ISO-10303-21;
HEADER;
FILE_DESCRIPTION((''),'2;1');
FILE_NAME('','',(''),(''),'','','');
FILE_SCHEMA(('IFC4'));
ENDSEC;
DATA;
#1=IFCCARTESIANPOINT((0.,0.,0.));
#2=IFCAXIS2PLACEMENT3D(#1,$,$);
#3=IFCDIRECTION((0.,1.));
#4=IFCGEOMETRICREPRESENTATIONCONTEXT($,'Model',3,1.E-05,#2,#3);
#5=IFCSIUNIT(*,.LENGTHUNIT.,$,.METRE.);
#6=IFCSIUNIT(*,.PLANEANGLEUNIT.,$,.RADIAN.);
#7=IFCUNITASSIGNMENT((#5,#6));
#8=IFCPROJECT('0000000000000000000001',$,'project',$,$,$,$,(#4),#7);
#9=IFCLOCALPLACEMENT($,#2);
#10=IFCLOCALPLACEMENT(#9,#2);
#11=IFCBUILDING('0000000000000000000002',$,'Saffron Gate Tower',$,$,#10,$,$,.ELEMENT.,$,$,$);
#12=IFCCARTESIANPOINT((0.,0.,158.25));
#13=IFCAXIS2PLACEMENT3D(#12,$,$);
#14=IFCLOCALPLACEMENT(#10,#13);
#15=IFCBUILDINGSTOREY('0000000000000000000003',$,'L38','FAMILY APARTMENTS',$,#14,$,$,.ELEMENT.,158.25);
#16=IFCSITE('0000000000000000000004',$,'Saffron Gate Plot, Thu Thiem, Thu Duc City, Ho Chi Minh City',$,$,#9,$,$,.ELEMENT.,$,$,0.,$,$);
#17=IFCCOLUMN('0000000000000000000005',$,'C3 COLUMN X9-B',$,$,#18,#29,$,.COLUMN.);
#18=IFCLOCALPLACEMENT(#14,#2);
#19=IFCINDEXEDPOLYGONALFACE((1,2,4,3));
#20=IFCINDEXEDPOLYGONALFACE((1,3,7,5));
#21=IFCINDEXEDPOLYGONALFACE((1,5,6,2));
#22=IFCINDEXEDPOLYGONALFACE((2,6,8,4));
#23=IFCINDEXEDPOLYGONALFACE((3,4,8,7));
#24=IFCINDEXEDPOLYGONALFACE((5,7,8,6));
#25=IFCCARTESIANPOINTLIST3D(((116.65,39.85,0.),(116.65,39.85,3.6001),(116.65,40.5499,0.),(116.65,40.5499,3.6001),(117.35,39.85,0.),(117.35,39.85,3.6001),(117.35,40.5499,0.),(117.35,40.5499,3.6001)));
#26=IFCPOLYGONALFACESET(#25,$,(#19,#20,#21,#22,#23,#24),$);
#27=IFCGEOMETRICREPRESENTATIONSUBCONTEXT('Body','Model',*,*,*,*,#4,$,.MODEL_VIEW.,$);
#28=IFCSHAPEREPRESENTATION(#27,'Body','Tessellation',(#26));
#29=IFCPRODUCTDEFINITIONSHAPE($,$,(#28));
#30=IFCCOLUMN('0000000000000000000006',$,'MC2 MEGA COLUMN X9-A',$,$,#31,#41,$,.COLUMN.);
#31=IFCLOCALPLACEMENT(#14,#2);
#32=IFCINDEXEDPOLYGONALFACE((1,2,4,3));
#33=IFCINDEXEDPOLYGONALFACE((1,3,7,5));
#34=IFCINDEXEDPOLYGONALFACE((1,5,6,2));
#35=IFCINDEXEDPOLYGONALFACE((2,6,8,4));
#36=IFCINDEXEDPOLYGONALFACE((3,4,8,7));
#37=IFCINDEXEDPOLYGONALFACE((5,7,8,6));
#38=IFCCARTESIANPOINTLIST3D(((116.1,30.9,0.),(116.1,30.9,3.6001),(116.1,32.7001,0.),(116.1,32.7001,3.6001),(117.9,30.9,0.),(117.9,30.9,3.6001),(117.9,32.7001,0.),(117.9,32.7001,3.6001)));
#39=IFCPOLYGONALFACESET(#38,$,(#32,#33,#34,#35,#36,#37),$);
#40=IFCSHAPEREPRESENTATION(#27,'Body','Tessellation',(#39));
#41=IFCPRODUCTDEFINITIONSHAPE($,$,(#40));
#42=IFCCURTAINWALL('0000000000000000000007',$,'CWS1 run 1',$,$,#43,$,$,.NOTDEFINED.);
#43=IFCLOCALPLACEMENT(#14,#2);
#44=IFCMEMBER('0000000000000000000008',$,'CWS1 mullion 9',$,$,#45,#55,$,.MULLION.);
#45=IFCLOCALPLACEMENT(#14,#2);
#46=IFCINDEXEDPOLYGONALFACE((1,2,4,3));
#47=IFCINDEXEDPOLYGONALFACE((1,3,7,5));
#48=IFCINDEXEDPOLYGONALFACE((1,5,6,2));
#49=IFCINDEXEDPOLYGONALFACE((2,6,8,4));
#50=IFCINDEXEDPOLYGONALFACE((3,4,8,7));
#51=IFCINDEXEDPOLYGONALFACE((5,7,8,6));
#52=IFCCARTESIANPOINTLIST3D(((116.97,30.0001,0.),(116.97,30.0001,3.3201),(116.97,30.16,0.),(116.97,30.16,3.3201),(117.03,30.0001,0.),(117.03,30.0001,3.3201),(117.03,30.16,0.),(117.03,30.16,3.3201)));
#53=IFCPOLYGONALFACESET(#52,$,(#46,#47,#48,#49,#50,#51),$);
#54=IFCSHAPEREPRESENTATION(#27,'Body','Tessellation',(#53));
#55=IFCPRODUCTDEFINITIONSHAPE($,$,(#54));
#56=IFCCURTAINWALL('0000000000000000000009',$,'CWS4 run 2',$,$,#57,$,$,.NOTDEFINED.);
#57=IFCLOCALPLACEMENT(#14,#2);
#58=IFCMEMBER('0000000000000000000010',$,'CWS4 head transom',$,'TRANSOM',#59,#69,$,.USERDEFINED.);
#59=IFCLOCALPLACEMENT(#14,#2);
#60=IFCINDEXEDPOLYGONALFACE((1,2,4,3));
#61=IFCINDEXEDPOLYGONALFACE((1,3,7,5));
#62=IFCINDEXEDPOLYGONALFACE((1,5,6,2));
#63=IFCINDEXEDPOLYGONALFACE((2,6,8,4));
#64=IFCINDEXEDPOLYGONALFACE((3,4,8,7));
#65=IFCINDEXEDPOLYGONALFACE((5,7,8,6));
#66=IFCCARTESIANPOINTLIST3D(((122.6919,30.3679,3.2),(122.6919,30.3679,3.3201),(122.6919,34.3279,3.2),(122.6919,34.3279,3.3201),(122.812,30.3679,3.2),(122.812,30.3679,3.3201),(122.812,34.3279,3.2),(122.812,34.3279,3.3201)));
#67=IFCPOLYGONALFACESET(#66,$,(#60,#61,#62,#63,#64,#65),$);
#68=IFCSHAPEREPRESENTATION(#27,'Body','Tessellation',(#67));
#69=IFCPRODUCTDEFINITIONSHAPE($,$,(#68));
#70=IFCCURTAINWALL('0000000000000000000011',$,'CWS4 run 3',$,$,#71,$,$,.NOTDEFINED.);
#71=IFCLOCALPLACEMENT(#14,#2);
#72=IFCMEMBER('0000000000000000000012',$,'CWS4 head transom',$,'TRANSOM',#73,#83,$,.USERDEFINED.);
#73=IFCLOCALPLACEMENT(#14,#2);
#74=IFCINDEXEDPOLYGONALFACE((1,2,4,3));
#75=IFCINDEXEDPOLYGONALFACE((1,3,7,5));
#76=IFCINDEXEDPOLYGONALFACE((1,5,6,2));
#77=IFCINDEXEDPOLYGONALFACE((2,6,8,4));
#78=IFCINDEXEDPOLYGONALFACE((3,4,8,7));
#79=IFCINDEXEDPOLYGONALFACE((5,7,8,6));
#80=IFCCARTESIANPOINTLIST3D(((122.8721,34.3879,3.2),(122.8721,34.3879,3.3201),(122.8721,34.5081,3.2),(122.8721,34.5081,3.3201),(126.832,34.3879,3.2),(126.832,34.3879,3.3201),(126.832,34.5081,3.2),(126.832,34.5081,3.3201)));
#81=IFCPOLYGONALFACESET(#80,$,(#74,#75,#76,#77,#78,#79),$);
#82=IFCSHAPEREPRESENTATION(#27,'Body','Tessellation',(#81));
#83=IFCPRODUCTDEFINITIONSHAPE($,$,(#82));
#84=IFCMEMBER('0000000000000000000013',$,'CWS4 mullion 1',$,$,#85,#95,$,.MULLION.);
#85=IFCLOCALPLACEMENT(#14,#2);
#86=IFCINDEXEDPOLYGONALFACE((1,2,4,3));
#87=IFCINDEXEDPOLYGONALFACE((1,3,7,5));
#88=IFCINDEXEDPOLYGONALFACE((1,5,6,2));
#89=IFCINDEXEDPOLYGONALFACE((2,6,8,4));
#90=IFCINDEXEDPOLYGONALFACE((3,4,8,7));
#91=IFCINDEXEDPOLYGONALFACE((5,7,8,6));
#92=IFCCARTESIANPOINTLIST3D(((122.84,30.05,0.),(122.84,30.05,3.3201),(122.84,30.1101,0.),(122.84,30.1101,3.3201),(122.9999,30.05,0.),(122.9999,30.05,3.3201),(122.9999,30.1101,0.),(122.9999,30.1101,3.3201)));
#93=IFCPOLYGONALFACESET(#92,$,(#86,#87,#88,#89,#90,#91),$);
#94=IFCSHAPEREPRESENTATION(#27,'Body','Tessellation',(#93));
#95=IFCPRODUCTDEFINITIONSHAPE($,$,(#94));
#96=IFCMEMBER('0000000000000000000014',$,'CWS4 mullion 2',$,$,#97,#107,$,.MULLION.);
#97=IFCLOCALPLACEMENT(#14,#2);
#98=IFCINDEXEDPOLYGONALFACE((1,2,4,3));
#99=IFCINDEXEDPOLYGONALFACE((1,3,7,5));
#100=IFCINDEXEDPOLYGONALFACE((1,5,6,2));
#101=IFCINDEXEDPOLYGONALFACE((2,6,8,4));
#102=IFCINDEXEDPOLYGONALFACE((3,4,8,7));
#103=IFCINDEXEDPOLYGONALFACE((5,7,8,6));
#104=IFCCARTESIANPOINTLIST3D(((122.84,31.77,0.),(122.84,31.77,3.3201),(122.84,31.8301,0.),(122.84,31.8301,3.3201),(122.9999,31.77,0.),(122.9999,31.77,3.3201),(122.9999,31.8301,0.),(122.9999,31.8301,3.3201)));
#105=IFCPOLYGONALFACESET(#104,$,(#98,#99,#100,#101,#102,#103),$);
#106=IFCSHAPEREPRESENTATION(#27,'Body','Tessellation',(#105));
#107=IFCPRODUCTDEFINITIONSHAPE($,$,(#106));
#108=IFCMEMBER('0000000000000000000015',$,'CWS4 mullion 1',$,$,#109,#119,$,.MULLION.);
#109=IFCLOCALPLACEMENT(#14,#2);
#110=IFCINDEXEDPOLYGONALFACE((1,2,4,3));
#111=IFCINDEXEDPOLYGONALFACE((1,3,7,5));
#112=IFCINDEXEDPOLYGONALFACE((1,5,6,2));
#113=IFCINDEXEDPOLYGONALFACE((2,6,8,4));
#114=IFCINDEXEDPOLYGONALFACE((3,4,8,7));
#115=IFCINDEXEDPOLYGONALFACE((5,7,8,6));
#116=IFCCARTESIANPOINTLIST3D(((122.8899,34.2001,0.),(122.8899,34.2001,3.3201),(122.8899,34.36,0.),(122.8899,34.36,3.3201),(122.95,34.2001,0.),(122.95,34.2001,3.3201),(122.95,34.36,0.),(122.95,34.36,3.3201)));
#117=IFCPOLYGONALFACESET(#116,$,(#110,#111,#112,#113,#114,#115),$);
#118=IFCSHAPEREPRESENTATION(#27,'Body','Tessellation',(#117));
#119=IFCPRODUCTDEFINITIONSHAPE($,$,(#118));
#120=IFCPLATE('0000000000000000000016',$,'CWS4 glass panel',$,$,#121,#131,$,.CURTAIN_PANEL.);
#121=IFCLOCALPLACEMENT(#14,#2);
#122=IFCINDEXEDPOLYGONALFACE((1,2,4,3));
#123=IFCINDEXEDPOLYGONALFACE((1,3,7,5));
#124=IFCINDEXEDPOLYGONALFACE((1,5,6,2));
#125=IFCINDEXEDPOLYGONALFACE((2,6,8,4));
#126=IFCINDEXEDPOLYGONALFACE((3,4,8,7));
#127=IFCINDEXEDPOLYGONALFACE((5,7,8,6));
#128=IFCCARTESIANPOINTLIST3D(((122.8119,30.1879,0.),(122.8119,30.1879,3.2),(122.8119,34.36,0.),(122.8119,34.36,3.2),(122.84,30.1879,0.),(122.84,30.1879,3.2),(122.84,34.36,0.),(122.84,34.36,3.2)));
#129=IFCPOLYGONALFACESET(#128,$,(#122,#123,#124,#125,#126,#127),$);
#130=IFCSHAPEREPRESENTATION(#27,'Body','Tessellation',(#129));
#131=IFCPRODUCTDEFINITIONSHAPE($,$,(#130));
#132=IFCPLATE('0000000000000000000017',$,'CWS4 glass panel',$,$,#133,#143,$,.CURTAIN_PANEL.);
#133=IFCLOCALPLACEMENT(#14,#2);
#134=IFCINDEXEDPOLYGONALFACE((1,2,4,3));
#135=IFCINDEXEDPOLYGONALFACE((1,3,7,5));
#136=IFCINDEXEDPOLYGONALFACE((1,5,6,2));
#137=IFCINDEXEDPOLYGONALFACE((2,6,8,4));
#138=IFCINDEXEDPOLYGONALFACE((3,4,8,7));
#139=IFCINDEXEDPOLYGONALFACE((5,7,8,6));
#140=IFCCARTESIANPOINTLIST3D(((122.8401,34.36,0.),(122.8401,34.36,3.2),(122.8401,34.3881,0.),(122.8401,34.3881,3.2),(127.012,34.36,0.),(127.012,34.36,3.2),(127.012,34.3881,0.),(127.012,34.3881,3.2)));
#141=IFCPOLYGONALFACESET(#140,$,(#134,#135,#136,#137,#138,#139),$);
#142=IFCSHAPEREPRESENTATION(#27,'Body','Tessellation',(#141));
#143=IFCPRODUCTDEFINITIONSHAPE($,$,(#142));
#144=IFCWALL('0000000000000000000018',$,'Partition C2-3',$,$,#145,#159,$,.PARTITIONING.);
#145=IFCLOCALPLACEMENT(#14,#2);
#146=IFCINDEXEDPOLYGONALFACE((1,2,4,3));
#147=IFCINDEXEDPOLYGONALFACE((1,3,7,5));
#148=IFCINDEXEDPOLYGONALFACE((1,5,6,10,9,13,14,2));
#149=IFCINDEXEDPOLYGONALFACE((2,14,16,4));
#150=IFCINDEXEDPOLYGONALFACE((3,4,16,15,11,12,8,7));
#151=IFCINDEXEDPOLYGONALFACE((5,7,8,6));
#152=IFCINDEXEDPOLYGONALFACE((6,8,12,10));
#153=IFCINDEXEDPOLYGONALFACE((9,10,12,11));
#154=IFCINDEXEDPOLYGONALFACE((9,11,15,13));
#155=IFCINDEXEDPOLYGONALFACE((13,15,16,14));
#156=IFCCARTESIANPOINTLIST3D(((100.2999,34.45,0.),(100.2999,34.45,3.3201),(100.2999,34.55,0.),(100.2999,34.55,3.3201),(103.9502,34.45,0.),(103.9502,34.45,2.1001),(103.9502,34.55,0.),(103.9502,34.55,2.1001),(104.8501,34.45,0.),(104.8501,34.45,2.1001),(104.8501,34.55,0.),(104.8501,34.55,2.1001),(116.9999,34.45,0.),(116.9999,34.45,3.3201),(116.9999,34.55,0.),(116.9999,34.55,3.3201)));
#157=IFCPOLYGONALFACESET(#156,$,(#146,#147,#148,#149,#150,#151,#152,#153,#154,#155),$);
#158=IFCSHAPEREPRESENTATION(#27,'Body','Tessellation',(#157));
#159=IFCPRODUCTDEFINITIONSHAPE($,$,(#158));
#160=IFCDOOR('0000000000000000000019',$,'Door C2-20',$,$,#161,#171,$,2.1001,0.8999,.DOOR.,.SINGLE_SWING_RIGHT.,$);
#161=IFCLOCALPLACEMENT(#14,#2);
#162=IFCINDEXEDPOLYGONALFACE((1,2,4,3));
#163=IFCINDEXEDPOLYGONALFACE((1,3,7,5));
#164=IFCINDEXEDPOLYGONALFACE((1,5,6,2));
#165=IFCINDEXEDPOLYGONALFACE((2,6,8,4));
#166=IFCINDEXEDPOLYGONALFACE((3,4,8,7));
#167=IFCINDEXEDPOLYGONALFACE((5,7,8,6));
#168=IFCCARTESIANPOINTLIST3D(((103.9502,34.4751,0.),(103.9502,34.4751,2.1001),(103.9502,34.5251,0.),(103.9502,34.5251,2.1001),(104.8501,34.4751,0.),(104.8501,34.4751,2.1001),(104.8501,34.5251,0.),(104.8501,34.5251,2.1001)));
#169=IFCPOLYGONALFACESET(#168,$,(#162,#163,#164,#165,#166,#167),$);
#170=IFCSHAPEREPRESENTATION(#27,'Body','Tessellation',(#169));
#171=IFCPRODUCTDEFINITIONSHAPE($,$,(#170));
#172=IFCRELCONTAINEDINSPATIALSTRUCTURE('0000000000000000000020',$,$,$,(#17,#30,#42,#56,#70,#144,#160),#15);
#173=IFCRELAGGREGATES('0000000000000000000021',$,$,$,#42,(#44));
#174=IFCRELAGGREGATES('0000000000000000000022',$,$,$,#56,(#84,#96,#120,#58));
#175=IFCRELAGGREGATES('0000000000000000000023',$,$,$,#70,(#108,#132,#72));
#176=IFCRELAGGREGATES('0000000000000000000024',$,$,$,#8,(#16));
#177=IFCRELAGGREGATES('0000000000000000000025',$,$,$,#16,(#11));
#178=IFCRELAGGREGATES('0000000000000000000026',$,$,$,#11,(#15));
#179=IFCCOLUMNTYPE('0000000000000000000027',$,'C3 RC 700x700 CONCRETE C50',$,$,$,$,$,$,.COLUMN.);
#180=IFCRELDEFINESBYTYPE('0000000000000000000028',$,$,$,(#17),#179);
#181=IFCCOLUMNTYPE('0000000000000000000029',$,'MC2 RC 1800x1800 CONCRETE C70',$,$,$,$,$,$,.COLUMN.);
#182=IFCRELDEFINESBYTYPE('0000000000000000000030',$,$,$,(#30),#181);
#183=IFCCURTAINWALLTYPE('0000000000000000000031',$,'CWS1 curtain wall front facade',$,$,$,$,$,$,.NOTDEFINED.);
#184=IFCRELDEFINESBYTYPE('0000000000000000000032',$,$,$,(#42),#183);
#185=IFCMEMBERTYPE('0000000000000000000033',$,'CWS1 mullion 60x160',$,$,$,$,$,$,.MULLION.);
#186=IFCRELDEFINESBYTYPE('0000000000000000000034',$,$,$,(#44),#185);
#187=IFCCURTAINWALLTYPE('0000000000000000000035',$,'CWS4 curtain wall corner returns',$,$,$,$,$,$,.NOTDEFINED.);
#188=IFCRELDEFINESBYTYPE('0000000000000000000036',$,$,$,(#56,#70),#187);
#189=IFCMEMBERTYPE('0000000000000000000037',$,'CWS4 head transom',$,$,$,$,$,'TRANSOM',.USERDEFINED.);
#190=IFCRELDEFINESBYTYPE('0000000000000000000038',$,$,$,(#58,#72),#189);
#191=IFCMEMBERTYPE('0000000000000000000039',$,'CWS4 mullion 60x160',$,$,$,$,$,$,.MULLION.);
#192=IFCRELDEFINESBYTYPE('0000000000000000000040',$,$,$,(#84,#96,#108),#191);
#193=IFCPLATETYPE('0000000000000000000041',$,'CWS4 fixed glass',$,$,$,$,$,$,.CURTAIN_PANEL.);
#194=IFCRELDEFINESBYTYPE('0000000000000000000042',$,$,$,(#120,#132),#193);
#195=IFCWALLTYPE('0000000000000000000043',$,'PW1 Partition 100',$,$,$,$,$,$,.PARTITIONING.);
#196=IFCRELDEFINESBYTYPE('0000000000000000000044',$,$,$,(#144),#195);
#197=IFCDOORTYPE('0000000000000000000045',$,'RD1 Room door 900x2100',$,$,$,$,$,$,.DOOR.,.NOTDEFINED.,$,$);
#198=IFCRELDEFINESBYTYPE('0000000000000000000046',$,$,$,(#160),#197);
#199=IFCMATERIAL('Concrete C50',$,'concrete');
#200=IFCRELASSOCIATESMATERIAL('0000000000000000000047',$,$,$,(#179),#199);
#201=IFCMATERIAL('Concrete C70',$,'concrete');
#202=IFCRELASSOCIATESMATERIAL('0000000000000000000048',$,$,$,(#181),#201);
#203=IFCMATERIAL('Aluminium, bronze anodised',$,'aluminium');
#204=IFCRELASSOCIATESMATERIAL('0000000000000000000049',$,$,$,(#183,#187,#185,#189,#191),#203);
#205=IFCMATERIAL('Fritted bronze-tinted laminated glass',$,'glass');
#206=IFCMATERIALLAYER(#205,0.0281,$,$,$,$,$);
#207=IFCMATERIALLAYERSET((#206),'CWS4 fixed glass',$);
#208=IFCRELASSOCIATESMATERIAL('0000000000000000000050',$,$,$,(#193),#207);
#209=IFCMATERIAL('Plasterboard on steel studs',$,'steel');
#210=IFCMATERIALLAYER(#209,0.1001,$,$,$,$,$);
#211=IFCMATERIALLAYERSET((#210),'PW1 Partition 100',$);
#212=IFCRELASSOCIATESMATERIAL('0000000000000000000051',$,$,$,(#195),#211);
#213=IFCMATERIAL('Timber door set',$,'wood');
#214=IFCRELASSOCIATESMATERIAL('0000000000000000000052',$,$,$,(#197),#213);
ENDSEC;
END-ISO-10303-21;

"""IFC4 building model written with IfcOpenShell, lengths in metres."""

from ifc_helpers import new_model, si_unit, direction, frame, frame_2d, origin, origin_2d, place, context, subcontext, project, spatial, rectangle, extrude, material, layer, layer_set, material_profile, profile_set, type_object, element, fill, aggregate, save


model = new_model("IFC4")

# Units and contexts
model_context = context("Model", 3, precision=1e-05, world=origin(), true_north=direction((0.0, 1.0)))
body_context = subcontext(model_context, "Body", "Model", "MODEL_VIEW")
ifc_project = project(units=[si_unit("LENGTHUNIT", "METRE"), si_unit("PLANEANGLEUNIT", "RADIAN")], contexts=[model_context])

# Site, building, storey
site_placement = place(None, origin())
site = spatial("IfcSite", under=ifc_project, at=site_placement, Name="Saffron Gate Plot, Thu Thiem, Thu Duc City, Ho Chi Minh City", CompositionType="ELEMENT", RefElevation=0.0)
building_placement = place(site_placement, origin())
building = spatial("IfcBuilding", under=site, at=building_placement, Name="Saffron Gate Tower", CompositionType="ELEMENT")
storey_placement = place(building_placement, frame((0.0, 0.0, 158.25)))
storey = spatial("IfcBuildingStorey", under=building, at=storey_placement, Name="L38", Description="FAMILY APARTMENTS", CompositionType="ELEMENT", Elevation=158.25)

# Columns
ifc_material_1 = material(Name="Concrete C50", Category="concrete")
ifc_material_profile_1 = material_profile(ifc_material_1, rectangle(XDim=0.7, YDim=0.7, at=origin_2d()))
ifc_profile_set_1 = profile_set([ifc_material_profile_1], Name="Concrete C50")
column_type_1 = type_object("IfcColumnType", Name="C3 RC 700x700 CONCRETE C50", PredefinedType="COLUMN", material=ifc_profile_set_1)
column_1_placement = place(storey_placement, frame((117.0, 40.2, 0.0), z_axis=(0.0, 0.0, 1.0), x_axis=(1.0, 0.0, 0.0)))
element("IfcColumn", 1, at=column_1_placement, inside=storey, type_object=column_type_1, Name="C3 COLUMN X9-B", PredefinedType="COLUMN", context=body_context, shape_type="SweptSolid", body=[
    extrude(rectangle(XDim=0.7, YDim=0.7, at=origin_2d()), origin(), (0.0, 0.0, 1.0), 3.6001),
])
ifc_material_2 = material(Name="Concrete C70", Category="concrete")
ifc_material_profile_2 = material_profile(ifc_material_2, rectangle(XDim=1.8, YDim=1.8, at=origin_2d()))
ifc_profile_set_2 = profile_set([ifc_material_profile_2], Name="Concrete C70")
column_type_2 = type_object("IfcColumnType", Name="MC2 RC 1800x1800 CONCRETE C70", PredefinedType="COLUMN", material=ifc_profile_set_2)
column_2_placement = place(storey_placement, frame((117.0, 31.8, 0.0), z_axis=(0.0, 0.0, 1.0), x_axis=(1.0, 0.0, 0.0)))
element("IfcColumn", 2, at=column_2_placement, inside=storey, type_object=column_type_2, Name="MC2 MEGA COLUMN X9-A", PredefinedType="COLUMN", context=body_context, shape_type="SweptSolid", body=[
    extrude(rectangle(XDim=1.8, YDim=1.8, at=origin_2d()), origin(), (0.0, 0.0, 1.0), 3.6001),
])

# Curtain walls, members
ifc_material_3 = material(Name="Aluminium, bronze anodised", Category="aluminium")
curtain_wall_type_1 = type_object("IfcCurtainWallType", Name="CWS1 curtain wall front facade", PredefinedType="NOTDEFINED", material=ifc_material_3)
curtain_wall_1_placement = place(storey_placement, origin())
curtain_wall_1 = element("IfcCurtainWall", 3, at=curtain_wall_1_placement, inside=storey, type_object=curtain_wall_type_1, Name="CWS1 run 1", PredefinedType="NOTDEFINED")
ifc_material_profile_3 = material_profile(ifc_material_3, rectangle(XDim=0.1599, YDim=0.0601, at=origin_2d()))
ifc_profile_set_3 = profile_set([ifc_material_profile_3], Name="Aluminium, bronze anodised")
member_type_1 = type_object("IfcMemberType", Name="CWS1 mullion 60x160", PredefinedType="MULLION", material=ifc_profile_set_3)
member_1_placement = place(storey_placement, frame((117.0, 30.0801, 0.0), z_axis=(0.0, 0.0, 1.0), x_axis=(0.0, 1.0, 0.0)))
member_1 = element("IfcMember", 4, at=member_1_placement, type_object=member_type_1, Name="CWS1 mullion 9", PredefinedType="MULLION", context=body_context, shape_type="SweptSolid", body=[
    extrude(rectangle(XDim=0.1599, YDim=0.0601, at=origin_2d()), origin(), (0.0, 0.0, 1.0), 3.3201),
])
aggregate(curtain_wall_1, [member_1])
curtain_wall_type_2 = type_object("IfcCurtainWallType", Name="CWS4 curtain wall corner returns", PredefinedType="NOTDEFINED", material=ifc_material_3)
curtain_wall_2_placement = place(storey_placement, origin())
curtain_wall_2 = element("IfcCurtainWall", 5, at=curtain_wall_2_placement, inside=storey, type_object=curtain_wall_type_2, Name="CWS4 run 2", PredefinedType="NOTDEFINED")
ifc_material_profile_4 = material_profile(ifc_material_3, rectangle(XDim=0.1201, YDim=0.1201, at=origin_2d()))
ifc_profile_set_4 = profile_set([ifc_material_profile_4], Name="Aluminium, bronze anodised")
member_type_2 = type_object("IfcMemberType", Name="CWS4 head transom", ElementType="TRANSOM", PredefinedType="USERDEFINED", material=ifc_profile_set_4)
member_2_placement = place(storey_placement, frame((122.752, 30.3679, 3.26), z_axis=(0.0, 1.0, 0.0), x_axis=(-1.0, 0.0, 0.0)))
member_2 = element("IfcMember", 6, at=member_2_placement, type_object=member_type_2, Name="CWS4 head transom", ObjectType="TRANSOM", PredefinedType="USERDEFINED", context=body_context, shape_type="SweptSolid", body=[
    extrude(rectangle(XDim=0.1201, YDim=0.1201, at=origin_2d()), origin(), (0.0, 0.0, 1.0), 3.96),
])
curtain_wall_3_placement = place(storey_placement, origin())
curtain_wall_3 = element("IfcCurtainWall", 7, at=curtain_wall_3_placement, inside=storey, type_object=curtain_wall_type_2, Name="CWS4 run 3", PredefinedType="NOTDEFINED")
member_3_placement = place(storey_placement, frame((122.8721, 34.448, 3.26), z_axis=(1.0, 0.0, 0.0), x_axis=(0.0, 1.0, 0.0)))
member_3 = element("IfcMember", 8, at=member_3_placement, type_object=member_type_2, Name="CWS4 head transom", ObjectType="TRANSOM", PredefinedType="USERDEFINED", context=body_context, shape_type="SweptSolid", body=[
    extrude(rectangle(XDim=0.1201, YDim=0.1201, at=origin_2d()), origin(), (0.0, 0.0, 1.0), 3.96),
])

# Members
ifc_material_profile_5 = material_profile(ifc_material_3, rectangle(XDim=0.1599, YDim=0.0601, at=origin_2d()))
ifc_profile_set_5 = profile_set([ifc_material_profile_5], Name="Aluminium, bronze anodised")
member_type_3 = type_object("IfcMemberType", Name="CWS4 mullion 60x160", PredefinedType="MULLION", material=ifc_profile_set_5)
member_4_placement = place(storey_placement, frame((122.9199, 30.0801, 0.0), z_axis=(0.0, 0.0, 1.0), x_axis=(-1.0, 0.0, 0.0)))
member_4 = element("IfcMember", 9, at=member_4_placement, type_object=member_type_3, Name="CWS4 mullion 1", PredefinedType="MULLION", context=body_context, shape_type="SweptSolid", body=[
    extrude(rectangle(XDim=0.1599, YDim=0.0601, at=origin_2d()), origin(), (0.0, 0.0, 1.0), 3.3201),
])
member_5_placement = place(storey_placement, frame((122.9199, 31.8, 0.0), z_axis=(0.0, 0.0, 1.0), x_axis=(-1.0, 0.0, 0.0)))
member_5 = element("IfcMember", 10, at=member_5_placement, type_object=member_type_3, Name="CWS4 mullion 2", PredefinedType="MULLION", context=body_context, shape_type="SweptSolid", body=[
    extrude(rectangle(XDim=0.1599, YDim=0.0601, at=origin_2d()), origin(), (0.0, 0.0, 1.0), 3.3201),
])
member_6_placement = place(storey_placement, frame((122.9199, 34.28, 0.0), z_axis=(0.0, 0.0, 1.0), x_axis=(0.0, 1.0, 0.0)))
member_6 = element("IfcMember", 11, at=member_6_placement, type_object=member_type_3, Name="CWS4 mullion 1", PredefinedType="MULLION", context=body_context, shape_type="SweptSolid", body=[
    extrude(rectangle(XDim=0.1599, YDim=0.0601, at=origin_2d()), origin(), (0.0, 0.0, 1.0), 3.3201),
])

# Plates
ifc_material_4 = material(Name="Fritted bronze-tinted laminated glass", Category="glass")
ifc_layer_1 = layer(ifc_material_4, 0.0281)
ifc_layer_set_1 = layer_set([ifc_layer_1], Name="CWS4 fixed glass")
plate_type = type_object("IfcPlateType", Name="CWS4 fixed glass", PredefinedType="CURTAIN_PANEL", material=ifc_layer_set_1)
plate_1_placement = place(storey_placement, frame((122.8259, 30.188, 0.0), z_axis=(0.0, 0.0, 1.0), x_axis=(0.0, 1.0, 0.0)))
plate_1 = element("IfcPlate", 12, at=plate_1_placement, type_object=plate_type, Name="CWS4 glass panel", PredefinedType="CURTAIN_PANEL", context=body_context, shape_type="SweptSolid", body=[
    extrude(rectangle(XDim=4.1721, YDim=0.0281, at=frame_2d((2.0859, 0.0))), origin(), (0.0, 0.0, 1.0), 3.2),
])
aggregate(curtain_wall_2, [member_4, member_5, plate_1, member_2])
plate_2_placement = place(storey_placement, frame((122.8401, 34.374, 0.0), z_axis=(0.0, 0.0, 1.0), x_axis=(1.0, 0.0, 0.0)))
plate_2 = element("IfcPlate", 13, at=plate_2_placement, type_object=plate_type, Name="CWS4 glass panel", PredefinedType="CURTAIN_PANEL", context=body_context, shape_type="SweptSolid", body=[
    extrude(rectangle(XDim=4.1719, YDim=0.0281, at=frame_2d((2.0859, 0.0))), origin(), (0.0, 0.0, 1.0), 3.2),
])
aggregate(curtain_wall_3, [member_6, plate_2, member_3])

# Wall, opening, door
ifc_material_5 = material(Name="Plasterboard on steel studs", Category="steel")
ifc_layer_2 = layer(ifc_material_5, 0.1001)
ifc_layer_set_2 = layer_set([ifc_layer_2], Name="PW1 Partition 100")
wall_type = type_object("IfcWallType", Name="PW1 Partition 100", PredefinedType="PARTITIONING", material=ifc_layer_set_2)
wall_1_placement = place(storey_placement, frame((117.0, 34.5, 0.0), z_axis=(0.0, 0.0, 1.0), x_axis=(-1.0, 0.0, 0.0)))
wall_1 = element("IfcWall", 14, at=wall_1_placement, inside=storey, type_object=wall_type, Name="Partition C2-3", PredefinedType="PARTITIONING", context=body_context, shape_type="SweptSolid", body=[
    extrude(rectangle(XDim=16.7, YDim=0.1001, at=frame_2d((8.3501, 0.0))), origin(), (0.0, 0.0, 1.0), 3.3201),
])
opening_1_placement = place(wall_1_placement, frame((12.1499, 0.0, 0.0)))
opening_1 = element("IfcOpeningElement", 15, at=opening_1_placement, cuts=wall_1, PredefinedType="OPENING", context=body_context, shape_type="SweptSolid", body=[
    extrude(rectangle(XDim=0.8999, YDim=2.1001, at=frame_2d((0.45, 1.05))), frame((0.0, 0.0601, 0.0), z_axis=(0.0, -1.0, 0.0), x_axis=(1.0, 0.0, 0.0)), (0.0, 0.0, 1.0), 0.1201),
])
ifc_material_6 = material(Name="Timber door set", Category="wood")
door_type = type_object("IfcDoorType", Name="RD1 Room door 900x2100", OperationType="NOTDEFINED", PredefinedType="DOOR", material=ifc_material_6)
door_1_placement = place(opening_1_placement, origin())
door_1 = element("IfcDoor", 16, at=door_1_placement, inside=storey, type_object=door_type, Name="Door C2-20", OperationType="SINGLE_SWING_RIGHT", OverallHeight=2.1001, OverallWidth=0.8999, PredefinedType="DOOR", context=body_context, shape_type="SweptSolid", body=[
    extrude(rectangle(XDim=0.8999, YDim=2.1001, at=frame_2d((0.45, 1.05))), frame((0.0, 0.0249, 0.0), z_axis=(0.0, -1.0, 0.0), x_axis=(1.0, 0.0, 0.0)), (0.0, 0.0, 1.0), 0.05),
])
fill(opening_1, door_1)

save(model, "model.ifc")
